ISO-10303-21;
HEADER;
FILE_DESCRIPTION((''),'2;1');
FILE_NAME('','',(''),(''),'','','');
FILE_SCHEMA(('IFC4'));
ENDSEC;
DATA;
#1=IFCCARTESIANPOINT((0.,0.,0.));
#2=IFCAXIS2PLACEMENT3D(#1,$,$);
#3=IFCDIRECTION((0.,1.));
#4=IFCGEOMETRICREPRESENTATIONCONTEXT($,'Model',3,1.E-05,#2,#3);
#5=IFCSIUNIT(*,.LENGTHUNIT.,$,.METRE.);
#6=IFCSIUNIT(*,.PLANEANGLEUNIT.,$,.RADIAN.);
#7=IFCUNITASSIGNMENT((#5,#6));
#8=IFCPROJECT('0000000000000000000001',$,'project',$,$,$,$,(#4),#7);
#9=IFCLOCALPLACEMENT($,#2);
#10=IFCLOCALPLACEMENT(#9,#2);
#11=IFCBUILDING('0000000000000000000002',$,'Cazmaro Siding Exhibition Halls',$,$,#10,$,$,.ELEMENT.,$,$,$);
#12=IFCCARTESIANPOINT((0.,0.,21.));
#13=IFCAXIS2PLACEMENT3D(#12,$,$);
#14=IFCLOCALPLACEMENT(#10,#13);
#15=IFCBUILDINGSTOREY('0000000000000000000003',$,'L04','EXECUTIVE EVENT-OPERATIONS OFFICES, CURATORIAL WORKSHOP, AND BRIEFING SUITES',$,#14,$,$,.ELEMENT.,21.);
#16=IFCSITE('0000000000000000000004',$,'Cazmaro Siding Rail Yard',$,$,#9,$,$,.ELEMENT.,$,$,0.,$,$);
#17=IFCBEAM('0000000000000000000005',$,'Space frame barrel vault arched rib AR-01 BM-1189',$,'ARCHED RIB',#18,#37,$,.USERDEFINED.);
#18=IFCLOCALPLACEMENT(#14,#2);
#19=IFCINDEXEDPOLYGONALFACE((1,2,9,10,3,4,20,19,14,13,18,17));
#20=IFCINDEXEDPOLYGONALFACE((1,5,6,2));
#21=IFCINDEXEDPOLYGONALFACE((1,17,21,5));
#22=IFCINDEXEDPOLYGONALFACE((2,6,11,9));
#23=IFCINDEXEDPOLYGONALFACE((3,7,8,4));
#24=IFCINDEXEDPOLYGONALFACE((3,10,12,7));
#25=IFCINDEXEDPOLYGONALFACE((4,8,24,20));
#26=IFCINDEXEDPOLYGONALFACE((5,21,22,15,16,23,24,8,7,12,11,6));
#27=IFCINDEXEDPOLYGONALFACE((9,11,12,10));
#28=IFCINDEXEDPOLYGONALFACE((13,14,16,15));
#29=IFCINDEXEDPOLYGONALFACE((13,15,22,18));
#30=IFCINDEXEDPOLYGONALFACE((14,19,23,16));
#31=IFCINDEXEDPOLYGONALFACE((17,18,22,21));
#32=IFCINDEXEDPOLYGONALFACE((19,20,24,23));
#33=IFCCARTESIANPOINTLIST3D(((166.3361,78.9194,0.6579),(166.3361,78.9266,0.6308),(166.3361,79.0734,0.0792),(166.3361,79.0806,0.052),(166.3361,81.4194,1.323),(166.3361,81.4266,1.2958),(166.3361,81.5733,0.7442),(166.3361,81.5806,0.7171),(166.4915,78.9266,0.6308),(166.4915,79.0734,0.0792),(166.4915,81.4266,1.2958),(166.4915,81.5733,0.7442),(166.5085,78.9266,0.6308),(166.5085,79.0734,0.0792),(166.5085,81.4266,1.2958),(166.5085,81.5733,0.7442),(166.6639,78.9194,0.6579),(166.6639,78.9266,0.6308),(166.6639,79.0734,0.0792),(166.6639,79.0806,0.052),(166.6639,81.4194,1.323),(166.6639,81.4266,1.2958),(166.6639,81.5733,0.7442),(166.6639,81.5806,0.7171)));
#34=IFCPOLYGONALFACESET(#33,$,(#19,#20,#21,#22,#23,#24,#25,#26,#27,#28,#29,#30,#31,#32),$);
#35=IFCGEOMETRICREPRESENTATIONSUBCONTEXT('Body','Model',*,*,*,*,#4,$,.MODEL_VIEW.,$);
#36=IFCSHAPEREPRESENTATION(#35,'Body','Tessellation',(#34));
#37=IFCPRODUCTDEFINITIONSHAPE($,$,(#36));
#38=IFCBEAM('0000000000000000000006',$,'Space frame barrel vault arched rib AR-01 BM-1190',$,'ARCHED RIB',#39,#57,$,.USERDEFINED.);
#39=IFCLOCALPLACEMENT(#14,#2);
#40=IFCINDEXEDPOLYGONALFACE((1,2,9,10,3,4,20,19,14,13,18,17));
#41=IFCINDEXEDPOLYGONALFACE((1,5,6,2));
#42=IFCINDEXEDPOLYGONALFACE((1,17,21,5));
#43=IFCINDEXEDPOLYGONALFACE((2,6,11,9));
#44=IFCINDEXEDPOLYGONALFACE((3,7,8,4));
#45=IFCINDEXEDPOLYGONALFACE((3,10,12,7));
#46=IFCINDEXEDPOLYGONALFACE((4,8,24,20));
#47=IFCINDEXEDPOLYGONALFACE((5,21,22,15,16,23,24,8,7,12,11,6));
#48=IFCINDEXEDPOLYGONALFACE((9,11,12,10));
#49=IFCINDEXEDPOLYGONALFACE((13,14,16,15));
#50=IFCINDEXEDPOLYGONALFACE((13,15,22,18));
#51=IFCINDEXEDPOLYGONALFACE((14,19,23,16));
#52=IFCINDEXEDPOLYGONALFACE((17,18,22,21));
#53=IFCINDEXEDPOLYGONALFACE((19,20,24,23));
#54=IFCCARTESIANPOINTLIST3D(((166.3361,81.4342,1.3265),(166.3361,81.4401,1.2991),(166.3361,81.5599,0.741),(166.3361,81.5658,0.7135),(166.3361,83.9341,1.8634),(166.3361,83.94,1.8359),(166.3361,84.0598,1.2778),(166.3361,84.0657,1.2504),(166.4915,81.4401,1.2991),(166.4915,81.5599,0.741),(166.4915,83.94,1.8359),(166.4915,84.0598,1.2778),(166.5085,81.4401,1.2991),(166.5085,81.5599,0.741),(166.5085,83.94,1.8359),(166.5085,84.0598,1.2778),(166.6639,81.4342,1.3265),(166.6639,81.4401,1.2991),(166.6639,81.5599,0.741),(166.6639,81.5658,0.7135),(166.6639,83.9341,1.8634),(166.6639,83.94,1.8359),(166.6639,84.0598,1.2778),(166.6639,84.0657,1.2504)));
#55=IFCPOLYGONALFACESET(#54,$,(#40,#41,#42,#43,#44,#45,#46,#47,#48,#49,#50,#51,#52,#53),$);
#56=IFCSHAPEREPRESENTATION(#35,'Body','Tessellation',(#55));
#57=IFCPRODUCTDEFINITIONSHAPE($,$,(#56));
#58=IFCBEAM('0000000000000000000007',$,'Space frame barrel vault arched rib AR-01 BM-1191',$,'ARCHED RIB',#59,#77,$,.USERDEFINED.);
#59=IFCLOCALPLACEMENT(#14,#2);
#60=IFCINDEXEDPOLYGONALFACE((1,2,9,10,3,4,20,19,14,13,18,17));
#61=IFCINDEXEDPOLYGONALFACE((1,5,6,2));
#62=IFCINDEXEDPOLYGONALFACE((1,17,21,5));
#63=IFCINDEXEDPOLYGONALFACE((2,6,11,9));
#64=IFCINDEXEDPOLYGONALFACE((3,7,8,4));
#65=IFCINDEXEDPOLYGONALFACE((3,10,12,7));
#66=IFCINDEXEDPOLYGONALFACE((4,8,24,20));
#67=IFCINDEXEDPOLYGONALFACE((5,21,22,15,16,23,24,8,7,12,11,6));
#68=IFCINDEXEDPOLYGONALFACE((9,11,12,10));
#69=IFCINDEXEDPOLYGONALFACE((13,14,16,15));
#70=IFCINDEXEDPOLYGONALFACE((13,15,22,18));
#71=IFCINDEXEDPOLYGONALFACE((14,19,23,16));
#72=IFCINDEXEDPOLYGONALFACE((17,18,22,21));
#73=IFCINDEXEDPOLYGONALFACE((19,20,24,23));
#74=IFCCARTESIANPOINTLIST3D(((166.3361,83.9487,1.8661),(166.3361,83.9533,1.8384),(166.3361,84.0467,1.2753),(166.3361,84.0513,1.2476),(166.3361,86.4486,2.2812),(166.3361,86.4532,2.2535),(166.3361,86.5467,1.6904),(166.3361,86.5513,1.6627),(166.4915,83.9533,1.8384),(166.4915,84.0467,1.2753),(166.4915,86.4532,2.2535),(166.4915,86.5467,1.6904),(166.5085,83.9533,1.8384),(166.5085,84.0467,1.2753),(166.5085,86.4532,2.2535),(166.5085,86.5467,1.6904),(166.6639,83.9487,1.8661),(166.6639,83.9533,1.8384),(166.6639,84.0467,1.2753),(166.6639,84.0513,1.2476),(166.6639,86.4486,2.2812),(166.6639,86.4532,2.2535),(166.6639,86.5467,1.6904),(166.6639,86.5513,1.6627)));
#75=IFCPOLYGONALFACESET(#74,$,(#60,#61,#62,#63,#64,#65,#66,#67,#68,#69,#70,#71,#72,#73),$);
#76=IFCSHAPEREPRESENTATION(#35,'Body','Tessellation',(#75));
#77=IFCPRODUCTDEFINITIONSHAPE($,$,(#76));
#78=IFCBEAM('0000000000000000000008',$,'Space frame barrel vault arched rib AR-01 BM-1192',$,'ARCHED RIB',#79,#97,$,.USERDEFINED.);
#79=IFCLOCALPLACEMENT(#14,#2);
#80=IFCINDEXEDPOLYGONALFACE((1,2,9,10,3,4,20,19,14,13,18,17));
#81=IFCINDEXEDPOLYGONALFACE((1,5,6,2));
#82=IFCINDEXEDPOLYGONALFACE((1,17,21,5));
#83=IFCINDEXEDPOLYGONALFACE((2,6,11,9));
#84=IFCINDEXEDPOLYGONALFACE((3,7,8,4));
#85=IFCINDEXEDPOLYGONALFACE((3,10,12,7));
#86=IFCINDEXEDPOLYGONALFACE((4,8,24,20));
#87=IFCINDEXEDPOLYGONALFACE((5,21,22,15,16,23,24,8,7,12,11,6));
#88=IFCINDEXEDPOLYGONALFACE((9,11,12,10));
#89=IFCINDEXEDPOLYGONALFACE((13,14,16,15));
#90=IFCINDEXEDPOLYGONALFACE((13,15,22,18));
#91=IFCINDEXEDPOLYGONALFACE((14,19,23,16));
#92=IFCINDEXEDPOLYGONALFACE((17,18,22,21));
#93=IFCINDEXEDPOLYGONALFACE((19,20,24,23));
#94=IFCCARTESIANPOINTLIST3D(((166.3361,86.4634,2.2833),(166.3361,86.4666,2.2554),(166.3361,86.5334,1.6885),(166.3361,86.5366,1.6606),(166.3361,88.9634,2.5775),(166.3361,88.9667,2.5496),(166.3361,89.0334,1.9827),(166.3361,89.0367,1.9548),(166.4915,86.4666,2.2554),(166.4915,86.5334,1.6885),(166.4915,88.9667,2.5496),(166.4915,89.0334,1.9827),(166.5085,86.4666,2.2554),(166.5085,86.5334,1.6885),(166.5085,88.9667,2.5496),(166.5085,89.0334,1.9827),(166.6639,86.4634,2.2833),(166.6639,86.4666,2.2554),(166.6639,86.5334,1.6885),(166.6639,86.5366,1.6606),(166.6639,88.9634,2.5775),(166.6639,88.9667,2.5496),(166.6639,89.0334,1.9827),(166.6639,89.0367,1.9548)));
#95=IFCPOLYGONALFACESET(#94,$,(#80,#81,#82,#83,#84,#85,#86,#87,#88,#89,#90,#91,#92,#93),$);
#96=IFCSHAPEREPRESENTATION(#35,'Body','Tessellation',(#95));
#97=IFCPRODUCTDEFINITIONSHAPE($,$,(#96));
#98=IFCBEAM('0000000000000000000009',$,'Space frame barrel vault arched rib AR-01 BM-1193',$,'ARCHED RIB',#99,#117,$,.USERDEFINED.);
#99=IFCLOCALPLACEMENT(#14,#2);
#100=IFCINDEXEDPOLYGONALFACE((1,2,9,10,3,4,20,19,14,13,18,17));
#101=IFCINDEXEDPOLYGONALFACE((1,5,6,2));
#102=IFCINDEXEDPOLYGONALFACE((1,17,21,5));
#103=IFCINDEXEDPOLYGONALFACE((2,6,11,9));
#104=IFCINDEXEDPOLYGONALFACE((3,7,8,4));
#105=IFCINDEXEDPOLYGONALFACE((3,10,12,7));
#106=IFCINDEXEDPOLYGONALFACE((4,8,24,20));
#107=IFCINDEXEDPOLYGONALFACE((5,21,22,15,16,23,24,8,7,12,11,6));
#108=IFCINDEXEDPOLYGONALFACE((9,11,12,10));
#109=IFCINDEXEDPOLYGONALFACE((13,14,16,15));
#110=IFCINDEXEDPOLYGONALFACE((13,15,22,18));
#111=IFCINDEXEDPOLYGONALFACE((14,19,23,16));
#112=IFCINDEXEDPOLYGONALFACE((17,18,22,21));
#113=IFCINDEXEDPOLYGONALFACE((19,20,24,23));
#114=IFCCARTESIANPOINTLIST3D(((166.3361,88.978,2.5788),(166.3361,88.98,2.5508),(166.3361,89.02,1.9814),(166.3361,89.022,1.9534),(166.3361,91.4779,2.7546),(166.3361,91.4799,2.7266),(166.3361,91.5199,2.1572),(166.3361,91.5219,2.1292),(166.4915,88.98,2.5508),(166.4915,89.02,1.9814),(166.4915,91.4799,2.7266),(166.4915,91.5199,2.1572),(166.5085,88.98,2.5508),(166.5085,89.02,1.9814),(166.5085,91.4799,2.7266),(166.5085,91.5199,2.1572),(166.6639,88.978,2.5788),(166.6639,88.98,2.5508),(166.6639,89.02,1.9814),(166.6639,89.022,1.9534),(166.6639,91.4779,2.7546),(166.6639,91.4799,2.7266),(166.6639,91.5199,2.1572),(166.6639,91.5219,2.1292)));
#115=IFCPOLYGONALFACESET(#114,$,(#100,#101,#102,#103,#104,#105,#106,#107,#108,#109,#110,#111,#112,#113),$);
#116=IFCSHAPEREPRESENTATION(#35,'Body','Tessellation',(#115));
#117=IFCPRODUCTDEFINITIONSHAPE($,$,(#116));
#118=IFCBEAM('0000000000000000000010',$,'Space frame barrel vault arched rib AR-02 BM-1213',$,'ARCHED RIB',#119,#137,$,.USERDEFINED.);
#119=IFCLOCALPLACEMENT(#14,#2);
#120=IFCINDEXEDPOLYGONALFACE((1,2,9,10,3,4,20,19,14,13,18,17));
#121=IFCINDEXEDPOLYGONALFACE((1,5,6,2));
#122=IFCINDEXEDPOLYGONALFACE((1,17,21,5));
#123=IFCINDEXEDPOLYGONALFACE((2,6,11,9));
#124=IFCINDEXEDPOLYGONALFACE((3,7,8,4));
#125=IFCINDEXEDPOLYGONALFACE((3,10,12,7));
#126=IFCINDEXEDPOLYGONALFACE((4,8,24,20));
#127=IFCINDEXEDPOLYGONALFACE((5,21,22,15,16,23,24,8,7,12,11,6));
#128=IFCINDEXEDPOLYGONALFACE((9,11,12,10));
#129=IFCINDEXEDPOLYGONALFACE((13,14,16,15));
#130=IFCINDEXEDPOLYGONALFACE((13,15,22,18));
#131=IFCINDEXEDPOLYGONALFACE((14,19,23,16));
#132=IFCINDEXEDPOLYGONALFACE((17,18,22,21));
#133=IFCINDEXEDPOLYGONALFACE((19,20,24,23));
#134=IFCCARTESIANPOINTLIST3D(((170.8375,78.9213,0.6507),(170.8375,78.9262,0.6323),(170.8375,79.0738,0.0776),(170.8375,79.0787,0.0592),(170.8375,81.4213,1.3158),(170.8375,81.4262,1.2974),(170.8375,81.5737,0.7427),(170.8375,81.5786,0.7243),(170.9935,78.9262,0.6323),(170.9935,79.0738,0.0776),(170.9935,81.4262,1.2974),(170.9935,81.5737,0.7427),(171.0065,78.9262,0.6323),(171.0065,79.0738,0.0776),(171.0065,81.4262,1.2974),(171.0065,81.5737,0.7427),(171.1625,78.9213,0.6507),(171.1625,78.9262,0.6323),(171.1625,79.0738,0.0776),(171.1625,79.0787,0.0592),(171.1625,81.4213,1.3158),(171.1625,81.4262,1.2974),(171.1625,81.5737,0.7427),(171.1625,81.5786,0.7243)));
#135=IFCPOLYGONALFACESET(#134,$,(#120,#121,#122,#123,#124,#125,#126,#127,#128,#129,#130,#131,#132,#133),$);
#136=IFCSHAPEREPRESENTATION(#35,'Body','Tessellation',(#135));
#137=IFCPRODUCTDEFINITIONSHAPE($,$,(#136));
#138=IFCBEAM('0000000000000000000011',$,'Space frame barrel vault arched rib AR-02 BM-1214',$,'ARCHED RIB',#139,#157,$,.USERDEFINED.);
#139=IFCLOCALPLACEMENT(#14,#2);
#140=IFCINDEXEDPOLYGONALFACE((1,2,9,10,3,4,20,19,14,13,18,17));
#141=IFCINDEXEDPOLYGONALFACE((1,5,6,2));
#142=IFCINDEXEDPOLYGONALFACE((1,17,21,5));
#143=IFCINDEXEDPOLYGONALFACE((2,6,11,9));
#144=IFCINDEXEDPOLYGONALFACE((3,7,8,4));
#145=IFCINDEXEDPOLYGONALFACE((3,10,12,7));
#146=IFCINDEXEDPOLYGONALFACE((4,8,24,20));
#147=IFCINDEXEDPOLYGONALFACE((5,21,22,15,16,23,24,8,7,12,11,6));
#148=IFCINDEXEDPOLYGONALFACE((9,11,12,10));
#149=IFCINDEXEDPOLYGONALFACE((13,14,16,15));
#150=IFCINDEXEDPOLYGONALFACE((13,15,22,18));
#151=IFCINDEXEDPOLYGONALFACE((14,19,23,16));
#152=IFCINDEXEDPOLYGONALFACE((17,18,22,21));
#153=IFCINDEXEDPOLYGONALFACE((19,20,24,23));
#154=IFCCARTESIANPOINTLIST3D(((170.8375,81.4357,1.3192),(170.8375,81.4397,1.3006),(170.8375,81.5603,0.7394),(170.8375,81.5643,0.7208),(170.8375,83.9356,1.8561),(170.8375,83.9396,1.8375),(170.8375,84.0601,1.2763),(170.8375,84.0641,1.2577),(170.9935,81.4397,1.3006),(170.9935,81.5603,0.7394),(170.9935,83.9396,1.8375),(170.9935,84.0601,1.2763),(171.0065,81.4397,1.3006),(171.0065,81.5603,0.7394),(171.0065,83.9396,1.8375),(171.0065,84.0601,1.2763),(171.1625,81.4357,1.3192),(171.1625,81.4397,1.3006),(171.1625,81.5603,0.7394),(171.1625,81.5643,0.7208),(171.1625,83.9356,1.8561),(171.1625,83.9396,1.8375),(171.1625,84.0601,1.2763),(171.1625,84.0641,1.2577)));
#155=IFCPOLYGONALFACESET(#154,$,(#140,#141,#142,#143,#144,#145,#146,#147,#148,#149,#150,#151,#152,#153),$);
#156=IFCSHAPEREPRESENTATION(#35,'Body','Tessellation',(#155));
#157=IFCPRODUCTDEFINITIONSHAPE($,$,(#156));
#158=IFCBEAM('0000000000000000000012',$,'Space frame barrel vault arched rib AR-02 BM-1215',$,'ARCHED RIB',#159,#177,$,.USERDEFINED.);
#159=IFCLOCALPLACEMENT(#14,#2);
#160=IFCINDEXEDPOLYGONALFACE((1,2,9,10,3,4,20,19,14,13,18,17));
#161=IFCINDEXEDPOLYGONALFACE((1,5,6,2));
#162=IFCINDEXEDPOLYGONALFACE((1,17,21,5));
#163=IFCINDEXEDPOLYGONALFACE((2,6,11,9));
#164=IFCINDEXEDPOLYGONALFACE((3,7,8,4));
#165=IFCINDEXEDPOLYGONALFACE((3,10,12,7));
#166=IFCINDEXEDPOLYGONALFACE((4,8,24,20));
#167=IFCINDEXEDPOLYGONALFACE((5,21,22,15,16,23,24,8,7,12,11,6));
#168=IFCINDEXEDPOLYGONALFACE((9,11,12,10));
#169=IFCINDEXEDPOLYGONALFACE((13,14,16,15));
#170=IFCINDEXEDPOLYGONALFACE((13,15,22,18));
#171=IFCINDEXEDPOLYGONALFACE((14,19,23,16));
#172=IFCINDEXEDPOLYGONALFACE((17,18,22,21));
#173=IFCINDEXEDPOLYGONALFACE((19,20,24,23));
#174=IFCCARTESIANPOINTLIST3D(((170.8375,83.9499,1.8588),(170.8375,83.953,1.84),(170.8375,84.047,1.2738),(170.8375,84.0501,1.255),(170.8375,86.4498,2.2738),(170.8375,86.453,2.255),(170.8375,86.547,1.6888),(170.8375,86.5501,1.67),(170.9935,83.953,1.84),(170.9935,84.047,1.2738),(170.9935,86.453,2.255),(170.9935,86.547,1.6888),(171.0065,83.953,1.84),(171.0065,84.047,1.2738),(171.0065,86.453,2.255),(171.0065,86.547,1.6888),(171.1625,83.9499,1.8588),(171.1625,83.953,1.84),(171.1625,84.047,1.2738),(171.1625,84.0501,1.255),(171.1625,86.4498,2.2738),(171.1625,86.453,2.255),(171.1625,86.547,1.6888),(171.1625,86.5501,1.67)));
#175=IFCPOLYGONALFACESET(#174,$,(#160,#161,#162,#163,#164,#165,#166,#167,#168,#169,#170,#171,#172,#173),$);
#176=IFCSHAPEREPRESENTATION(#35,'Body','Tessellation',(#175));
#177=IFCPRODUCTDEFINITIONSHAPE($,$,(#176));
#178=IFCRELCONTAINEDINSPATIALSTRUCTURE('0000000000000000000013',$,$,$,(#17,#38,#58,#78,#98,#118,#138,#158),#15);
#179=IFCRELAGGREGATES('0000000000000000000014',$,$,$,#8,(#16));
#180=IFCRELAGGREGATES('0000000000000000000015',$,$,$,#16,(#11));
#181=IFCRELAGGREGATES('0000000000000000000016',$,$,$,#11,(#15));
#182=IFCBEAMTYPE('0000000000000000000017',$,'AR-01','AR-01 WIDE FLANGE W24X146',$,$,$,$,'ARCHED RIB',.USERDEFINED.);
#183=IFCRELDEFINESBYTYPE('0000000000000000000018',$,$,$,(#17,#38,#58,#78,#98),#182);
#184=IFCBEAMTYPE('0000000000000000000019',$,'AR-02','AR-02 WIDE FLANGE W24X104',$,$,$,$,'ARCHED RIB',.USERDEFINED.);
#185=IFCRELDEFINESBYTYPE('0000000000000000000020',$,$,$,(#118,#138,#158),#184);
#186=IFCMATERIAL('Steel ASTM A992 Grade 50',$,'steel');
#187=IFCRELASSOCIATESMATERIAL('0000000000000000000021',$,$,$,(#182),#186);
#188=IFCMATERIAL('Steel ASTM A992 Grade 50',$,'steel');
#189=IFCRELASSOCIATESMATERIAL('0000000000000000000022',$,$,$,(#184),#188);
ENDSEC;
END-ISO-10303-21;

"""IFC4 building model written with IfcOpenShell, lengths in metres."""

from ifc_helpers import new_model, si_unit, direction, frame, origin, origin_2d, place, context, subcontext, project, spatial, i_section, extrude, material, material_profile, profile_set, type_object, element, save


model = new_model("IFC4")

# Units and contexts
model_context = context("Model", 3, precision=1e-05, world=origin(), true_north=direction((0.0, 1.0)))
body_context = subcontext(model_context, "Body", "Model", "MODEL_VIEW")
ifc_project = project(units=[si_unit("LENGTHUNIT", "METRE"), si_unit("PLANEANGLEUNIT", "RADIAN")], contexts=[model_context])

# Site, building, storey
site_placement = place(None, origin())
site = spatial("IfcSite", under=ifc_project, at=site_placement, Name="Cazmaro Siding Rail Yard", CompositionType="ELEMENT", RefElevation=0.0)
building_placement = place(site_placement, origin())
building = spatial("IfcBuilding", under=site, at=building_placement, Name="Cazmaro Siding Exhibition Halls", CompositionType="ELEMENT")
storey_placement = place(building_placement, frame((0.0, 0.0, 21.0)))
storey = spatial("IfcBuildingStorey", under=building, at=storey_placement, Name="L04", Description="EXECUTIVE EVENT-OPERATIONS OFFICES, CURATORIAL WORKSHOP, AND BRIEFING SUITES", CompositionType="ELEMENT", Elevation=21.0)

# Beams
ifc_material_1 = material(Name="Steel ASTM A992 Grade 50", Category="steel")
ifc_material_profile_1 = material_profile(ifc_material_1, i_section(OverallWidth=0.3279, OverallDepth=0.627, WebThickness=0.0171, FlangeThickness=0.0281, at=origin_2d()), Name="W24X146")
ifc_profile_set_1 = profile_set([ifc_material_profile_1], Name="Steel ASTM A992 Grade 50")
beam_type_1 = type_object("IfcBeamType", Name="AR-01", Description="AR-01 WIDE FLANGE W24X146", ElementType="ARCHED RIB", PredefinedType="USERDEFINED", material=ifc_profile_set_1)
beam_1_placement = place(storey_placement, frame((166.5, 79.0, 0.355), z_axis=(0.0, 0.966391, 0.257075), x_axis=(-1.0, 0.0, 0.0)))
element("IfcBeam", 1, at=beam_1_placement, inside=storey, type_object=beam_type_1, Name="Space frame barrel vault arched rib AR-01 BM-1189", ObjectType="ARCHED RIB", PredefinedType="USERDEFINED", context=body_context, shape_type="SweptSolid", body=[
    extrude(i_section(OverallWidth=0.3279, OverallDepth=0.627, WebThickness=0.0171, FlangeThickness=0.0281, at=origin_2d()), origin(), (0.0, 0.0, 1.0), 2.5869),
])
beam_2_placement = place(storey_placement, frame((166.5, 81.5, 1.02), z_axis=(0.0, 0.97771, 0.209959), x_axis=(-1.0, 0.0, 0.0)))
element("IfcBeam", 2, at=beam_2_placement, inside=storey, type_object=beam_type_1, Name="Space frame barrel vault arched rib AR-01 BM-1190", ObjectType="ARCHED RIB", PredefinedType="USERDEFINED", context=body_context, shape_type="SweptSolid", body=[
    extrude(i_section(OverallWidth=0.3279, OverallDepth=0.627, WebThickness=0.0171, FlangeThickness=0.0281, at=origin_2d()), origin(), (0.0, 0.0, 1.0), 2.5569),
])
beam_3_placement = place(storey_placement, frame((166.5, 84.0, 1.5569), z_axis=(0.0, 0.986498, 0.163774), x_axis=(-1.0, 0.0, 0.0)))
element("IfcBeam", 3, at=beam_3_placement, inside=storey, type_object=beam_type_1, Name="Space frame barrel vault arched rib AR-01 BM-1191", ObjectType="ARCHED RIB", PredefinedType="USERDEFINED", context=body_context, shape_type="SweptSolid", body=[
    extrude(i_section(OverallWidth=0.3279, OverallDepth=0.627, WebThickness=0.0171, FlangeThickness=0.0281, at=origin_2d()), origin(), (0.0, 0.0, 1.0), 2.5342),
])
beam_4_placement = place(storey_placement, frame((166.5, 86.5, 1.9719), z_axis=(0.0, 0.993147, 0.116869), x_axis=(-1.0, 0.0, 0.0)))
element("IfcBeam", 4, at=beam_4_placement, inside=storey, type_object=beam_type_1, Name="Space frame barrel vault arched rib AR-01 BM-1192", ObjectType="ARCHED RIB", PredefinedType="USERDEFINED", context=body_context, shape_type="SweptSolid", body=[
    extrude(i_section(OverallWidth=0.3279, OverallDepth=0.627, WebThickness=0.0171, FlangeThickness=0.0281, at=origin_2d()), origin(), (0.0, 0.0, 1.0), 2.5173),
])
beam_5_placement = place(storey_placement, frame((166.5, 89.0, 2.2661), z_axis=(0.0, 0.997537, 0.070139), x_axis=(-1.0, 0.0, 0.0)))
element("IfcBeam", 5, at=beam_5_placement, inside=storey, type_object=beam_type_1, Name="Space frame barrel vault arched rib AR-01 BM-1193", ObjectType="ARCHED RIB", PredefinedType="USERDEFINED", context=body_context, shape_type="SweptSolid", body=[
    extrude(i_section(OverallWidth=0.3279, OverallDepth=0.627, WebThickness=0.0171, FlangeThickness=0.0281, at=origin_2d()), origin(), (0.0, 0.0, 1.0), 2.5061),
])
ifc_material_2 = material(Name="Steel ASTM A992 Grade 50", Category="steel")
ifc_material_profile_2 = material_profile(ifc_material_2, i_section(OverallWidth=0.325, OverallDepth=0.6121, WebThickness=0.0129, FlangeThickness=0.019, at=origin_2d()), Name="W24X104")
ifc_profile_set_2 = profile_set([ifc_material_profile_2], Name="Steel ASTM A992 Grade 50")
beam_type_2 = type_object("IfcBeamType", Name="AR-02", Description="AR-02 WIDE FLANGE W24X104", ElementType="ARCHED RIB", PredefinedType="USERDEFINED", material=ifc_profile_set_2)
beam_6_placement = place(storey_placement, frame((171.0, 79.0, 0.355), z_axis=(0.0, 0.966391, 0.257075), x_axis=(-1.0, 0.0, 0.0)))
element("IfcBeam", 6, at=beam_6_placement, inside=storey, type_object=beam_type_2, Name="Space frame barrel vault arched rib AR-02 BM-1213", ObjectType="ARCHED RIB", PredefinedType="USERDEFINED", context=body_context, shape_type="SweptSolid", body=[
    extrude(i_section(OverallWidth=0.325, OverallDepth=0.6121, WebThickness=0.0129, FlangeThickness=0.019, at=origin_2d()), origin(), (0.0, 0.0, 1.0), 2.5869),
])
beam_7_placement = place(storey_placement, frame((171.0, 81.5, 1.02), z_axis=(0.0, 0.97771, 0.209959), x_axis=(-1.0, 0.0, 0.0)))
element("IfcBeam", 7, at=beam_7_placement, inside=storey, type_object=beam_type_2, Name="Space frame barrel vault arched rib AR-02 BM-1214", ObjectType="ARCHED RIB", PredefinedType="USERDEFINED", context=body_context, shape_type="SweptSolid", body=[
    extrude(i_section(OverallWidth=0.325, OverallDepth=0.6121, WebThickness=0.0129, FlangeThickness=0.019, at=origin_2d()), origin(), (0.0, 0.0, 1.0), 2.5569),
])
beam_8_placement = place(storey_placement, frame((171.0, 84.0, 1.5569), z_axis=(0.0, 0.986498, 0.163774), x_axis=(-1.0, 0.0, 0.0)))
element("IfcBeam", 8, at=beam_8_placement, inside=storey, type_object=beam_type_2, Name="Space frame barrel vault arched rib AR-02 BM-1215", ObjectType="ARCHED RIB", PredefinedType="USERDEFINED", context=body_context, shape_type="SweptSolid", body=[
    extrude(i_section(OverallWidth=0.325, OverallDepth=0.6121, WebThickness=0.0129, FlangeThickness=0.019, at=origin_2d()), origin(), (0.0, 0.0, 1.0), 2.5342),
])

save(model, "model.ifc")
